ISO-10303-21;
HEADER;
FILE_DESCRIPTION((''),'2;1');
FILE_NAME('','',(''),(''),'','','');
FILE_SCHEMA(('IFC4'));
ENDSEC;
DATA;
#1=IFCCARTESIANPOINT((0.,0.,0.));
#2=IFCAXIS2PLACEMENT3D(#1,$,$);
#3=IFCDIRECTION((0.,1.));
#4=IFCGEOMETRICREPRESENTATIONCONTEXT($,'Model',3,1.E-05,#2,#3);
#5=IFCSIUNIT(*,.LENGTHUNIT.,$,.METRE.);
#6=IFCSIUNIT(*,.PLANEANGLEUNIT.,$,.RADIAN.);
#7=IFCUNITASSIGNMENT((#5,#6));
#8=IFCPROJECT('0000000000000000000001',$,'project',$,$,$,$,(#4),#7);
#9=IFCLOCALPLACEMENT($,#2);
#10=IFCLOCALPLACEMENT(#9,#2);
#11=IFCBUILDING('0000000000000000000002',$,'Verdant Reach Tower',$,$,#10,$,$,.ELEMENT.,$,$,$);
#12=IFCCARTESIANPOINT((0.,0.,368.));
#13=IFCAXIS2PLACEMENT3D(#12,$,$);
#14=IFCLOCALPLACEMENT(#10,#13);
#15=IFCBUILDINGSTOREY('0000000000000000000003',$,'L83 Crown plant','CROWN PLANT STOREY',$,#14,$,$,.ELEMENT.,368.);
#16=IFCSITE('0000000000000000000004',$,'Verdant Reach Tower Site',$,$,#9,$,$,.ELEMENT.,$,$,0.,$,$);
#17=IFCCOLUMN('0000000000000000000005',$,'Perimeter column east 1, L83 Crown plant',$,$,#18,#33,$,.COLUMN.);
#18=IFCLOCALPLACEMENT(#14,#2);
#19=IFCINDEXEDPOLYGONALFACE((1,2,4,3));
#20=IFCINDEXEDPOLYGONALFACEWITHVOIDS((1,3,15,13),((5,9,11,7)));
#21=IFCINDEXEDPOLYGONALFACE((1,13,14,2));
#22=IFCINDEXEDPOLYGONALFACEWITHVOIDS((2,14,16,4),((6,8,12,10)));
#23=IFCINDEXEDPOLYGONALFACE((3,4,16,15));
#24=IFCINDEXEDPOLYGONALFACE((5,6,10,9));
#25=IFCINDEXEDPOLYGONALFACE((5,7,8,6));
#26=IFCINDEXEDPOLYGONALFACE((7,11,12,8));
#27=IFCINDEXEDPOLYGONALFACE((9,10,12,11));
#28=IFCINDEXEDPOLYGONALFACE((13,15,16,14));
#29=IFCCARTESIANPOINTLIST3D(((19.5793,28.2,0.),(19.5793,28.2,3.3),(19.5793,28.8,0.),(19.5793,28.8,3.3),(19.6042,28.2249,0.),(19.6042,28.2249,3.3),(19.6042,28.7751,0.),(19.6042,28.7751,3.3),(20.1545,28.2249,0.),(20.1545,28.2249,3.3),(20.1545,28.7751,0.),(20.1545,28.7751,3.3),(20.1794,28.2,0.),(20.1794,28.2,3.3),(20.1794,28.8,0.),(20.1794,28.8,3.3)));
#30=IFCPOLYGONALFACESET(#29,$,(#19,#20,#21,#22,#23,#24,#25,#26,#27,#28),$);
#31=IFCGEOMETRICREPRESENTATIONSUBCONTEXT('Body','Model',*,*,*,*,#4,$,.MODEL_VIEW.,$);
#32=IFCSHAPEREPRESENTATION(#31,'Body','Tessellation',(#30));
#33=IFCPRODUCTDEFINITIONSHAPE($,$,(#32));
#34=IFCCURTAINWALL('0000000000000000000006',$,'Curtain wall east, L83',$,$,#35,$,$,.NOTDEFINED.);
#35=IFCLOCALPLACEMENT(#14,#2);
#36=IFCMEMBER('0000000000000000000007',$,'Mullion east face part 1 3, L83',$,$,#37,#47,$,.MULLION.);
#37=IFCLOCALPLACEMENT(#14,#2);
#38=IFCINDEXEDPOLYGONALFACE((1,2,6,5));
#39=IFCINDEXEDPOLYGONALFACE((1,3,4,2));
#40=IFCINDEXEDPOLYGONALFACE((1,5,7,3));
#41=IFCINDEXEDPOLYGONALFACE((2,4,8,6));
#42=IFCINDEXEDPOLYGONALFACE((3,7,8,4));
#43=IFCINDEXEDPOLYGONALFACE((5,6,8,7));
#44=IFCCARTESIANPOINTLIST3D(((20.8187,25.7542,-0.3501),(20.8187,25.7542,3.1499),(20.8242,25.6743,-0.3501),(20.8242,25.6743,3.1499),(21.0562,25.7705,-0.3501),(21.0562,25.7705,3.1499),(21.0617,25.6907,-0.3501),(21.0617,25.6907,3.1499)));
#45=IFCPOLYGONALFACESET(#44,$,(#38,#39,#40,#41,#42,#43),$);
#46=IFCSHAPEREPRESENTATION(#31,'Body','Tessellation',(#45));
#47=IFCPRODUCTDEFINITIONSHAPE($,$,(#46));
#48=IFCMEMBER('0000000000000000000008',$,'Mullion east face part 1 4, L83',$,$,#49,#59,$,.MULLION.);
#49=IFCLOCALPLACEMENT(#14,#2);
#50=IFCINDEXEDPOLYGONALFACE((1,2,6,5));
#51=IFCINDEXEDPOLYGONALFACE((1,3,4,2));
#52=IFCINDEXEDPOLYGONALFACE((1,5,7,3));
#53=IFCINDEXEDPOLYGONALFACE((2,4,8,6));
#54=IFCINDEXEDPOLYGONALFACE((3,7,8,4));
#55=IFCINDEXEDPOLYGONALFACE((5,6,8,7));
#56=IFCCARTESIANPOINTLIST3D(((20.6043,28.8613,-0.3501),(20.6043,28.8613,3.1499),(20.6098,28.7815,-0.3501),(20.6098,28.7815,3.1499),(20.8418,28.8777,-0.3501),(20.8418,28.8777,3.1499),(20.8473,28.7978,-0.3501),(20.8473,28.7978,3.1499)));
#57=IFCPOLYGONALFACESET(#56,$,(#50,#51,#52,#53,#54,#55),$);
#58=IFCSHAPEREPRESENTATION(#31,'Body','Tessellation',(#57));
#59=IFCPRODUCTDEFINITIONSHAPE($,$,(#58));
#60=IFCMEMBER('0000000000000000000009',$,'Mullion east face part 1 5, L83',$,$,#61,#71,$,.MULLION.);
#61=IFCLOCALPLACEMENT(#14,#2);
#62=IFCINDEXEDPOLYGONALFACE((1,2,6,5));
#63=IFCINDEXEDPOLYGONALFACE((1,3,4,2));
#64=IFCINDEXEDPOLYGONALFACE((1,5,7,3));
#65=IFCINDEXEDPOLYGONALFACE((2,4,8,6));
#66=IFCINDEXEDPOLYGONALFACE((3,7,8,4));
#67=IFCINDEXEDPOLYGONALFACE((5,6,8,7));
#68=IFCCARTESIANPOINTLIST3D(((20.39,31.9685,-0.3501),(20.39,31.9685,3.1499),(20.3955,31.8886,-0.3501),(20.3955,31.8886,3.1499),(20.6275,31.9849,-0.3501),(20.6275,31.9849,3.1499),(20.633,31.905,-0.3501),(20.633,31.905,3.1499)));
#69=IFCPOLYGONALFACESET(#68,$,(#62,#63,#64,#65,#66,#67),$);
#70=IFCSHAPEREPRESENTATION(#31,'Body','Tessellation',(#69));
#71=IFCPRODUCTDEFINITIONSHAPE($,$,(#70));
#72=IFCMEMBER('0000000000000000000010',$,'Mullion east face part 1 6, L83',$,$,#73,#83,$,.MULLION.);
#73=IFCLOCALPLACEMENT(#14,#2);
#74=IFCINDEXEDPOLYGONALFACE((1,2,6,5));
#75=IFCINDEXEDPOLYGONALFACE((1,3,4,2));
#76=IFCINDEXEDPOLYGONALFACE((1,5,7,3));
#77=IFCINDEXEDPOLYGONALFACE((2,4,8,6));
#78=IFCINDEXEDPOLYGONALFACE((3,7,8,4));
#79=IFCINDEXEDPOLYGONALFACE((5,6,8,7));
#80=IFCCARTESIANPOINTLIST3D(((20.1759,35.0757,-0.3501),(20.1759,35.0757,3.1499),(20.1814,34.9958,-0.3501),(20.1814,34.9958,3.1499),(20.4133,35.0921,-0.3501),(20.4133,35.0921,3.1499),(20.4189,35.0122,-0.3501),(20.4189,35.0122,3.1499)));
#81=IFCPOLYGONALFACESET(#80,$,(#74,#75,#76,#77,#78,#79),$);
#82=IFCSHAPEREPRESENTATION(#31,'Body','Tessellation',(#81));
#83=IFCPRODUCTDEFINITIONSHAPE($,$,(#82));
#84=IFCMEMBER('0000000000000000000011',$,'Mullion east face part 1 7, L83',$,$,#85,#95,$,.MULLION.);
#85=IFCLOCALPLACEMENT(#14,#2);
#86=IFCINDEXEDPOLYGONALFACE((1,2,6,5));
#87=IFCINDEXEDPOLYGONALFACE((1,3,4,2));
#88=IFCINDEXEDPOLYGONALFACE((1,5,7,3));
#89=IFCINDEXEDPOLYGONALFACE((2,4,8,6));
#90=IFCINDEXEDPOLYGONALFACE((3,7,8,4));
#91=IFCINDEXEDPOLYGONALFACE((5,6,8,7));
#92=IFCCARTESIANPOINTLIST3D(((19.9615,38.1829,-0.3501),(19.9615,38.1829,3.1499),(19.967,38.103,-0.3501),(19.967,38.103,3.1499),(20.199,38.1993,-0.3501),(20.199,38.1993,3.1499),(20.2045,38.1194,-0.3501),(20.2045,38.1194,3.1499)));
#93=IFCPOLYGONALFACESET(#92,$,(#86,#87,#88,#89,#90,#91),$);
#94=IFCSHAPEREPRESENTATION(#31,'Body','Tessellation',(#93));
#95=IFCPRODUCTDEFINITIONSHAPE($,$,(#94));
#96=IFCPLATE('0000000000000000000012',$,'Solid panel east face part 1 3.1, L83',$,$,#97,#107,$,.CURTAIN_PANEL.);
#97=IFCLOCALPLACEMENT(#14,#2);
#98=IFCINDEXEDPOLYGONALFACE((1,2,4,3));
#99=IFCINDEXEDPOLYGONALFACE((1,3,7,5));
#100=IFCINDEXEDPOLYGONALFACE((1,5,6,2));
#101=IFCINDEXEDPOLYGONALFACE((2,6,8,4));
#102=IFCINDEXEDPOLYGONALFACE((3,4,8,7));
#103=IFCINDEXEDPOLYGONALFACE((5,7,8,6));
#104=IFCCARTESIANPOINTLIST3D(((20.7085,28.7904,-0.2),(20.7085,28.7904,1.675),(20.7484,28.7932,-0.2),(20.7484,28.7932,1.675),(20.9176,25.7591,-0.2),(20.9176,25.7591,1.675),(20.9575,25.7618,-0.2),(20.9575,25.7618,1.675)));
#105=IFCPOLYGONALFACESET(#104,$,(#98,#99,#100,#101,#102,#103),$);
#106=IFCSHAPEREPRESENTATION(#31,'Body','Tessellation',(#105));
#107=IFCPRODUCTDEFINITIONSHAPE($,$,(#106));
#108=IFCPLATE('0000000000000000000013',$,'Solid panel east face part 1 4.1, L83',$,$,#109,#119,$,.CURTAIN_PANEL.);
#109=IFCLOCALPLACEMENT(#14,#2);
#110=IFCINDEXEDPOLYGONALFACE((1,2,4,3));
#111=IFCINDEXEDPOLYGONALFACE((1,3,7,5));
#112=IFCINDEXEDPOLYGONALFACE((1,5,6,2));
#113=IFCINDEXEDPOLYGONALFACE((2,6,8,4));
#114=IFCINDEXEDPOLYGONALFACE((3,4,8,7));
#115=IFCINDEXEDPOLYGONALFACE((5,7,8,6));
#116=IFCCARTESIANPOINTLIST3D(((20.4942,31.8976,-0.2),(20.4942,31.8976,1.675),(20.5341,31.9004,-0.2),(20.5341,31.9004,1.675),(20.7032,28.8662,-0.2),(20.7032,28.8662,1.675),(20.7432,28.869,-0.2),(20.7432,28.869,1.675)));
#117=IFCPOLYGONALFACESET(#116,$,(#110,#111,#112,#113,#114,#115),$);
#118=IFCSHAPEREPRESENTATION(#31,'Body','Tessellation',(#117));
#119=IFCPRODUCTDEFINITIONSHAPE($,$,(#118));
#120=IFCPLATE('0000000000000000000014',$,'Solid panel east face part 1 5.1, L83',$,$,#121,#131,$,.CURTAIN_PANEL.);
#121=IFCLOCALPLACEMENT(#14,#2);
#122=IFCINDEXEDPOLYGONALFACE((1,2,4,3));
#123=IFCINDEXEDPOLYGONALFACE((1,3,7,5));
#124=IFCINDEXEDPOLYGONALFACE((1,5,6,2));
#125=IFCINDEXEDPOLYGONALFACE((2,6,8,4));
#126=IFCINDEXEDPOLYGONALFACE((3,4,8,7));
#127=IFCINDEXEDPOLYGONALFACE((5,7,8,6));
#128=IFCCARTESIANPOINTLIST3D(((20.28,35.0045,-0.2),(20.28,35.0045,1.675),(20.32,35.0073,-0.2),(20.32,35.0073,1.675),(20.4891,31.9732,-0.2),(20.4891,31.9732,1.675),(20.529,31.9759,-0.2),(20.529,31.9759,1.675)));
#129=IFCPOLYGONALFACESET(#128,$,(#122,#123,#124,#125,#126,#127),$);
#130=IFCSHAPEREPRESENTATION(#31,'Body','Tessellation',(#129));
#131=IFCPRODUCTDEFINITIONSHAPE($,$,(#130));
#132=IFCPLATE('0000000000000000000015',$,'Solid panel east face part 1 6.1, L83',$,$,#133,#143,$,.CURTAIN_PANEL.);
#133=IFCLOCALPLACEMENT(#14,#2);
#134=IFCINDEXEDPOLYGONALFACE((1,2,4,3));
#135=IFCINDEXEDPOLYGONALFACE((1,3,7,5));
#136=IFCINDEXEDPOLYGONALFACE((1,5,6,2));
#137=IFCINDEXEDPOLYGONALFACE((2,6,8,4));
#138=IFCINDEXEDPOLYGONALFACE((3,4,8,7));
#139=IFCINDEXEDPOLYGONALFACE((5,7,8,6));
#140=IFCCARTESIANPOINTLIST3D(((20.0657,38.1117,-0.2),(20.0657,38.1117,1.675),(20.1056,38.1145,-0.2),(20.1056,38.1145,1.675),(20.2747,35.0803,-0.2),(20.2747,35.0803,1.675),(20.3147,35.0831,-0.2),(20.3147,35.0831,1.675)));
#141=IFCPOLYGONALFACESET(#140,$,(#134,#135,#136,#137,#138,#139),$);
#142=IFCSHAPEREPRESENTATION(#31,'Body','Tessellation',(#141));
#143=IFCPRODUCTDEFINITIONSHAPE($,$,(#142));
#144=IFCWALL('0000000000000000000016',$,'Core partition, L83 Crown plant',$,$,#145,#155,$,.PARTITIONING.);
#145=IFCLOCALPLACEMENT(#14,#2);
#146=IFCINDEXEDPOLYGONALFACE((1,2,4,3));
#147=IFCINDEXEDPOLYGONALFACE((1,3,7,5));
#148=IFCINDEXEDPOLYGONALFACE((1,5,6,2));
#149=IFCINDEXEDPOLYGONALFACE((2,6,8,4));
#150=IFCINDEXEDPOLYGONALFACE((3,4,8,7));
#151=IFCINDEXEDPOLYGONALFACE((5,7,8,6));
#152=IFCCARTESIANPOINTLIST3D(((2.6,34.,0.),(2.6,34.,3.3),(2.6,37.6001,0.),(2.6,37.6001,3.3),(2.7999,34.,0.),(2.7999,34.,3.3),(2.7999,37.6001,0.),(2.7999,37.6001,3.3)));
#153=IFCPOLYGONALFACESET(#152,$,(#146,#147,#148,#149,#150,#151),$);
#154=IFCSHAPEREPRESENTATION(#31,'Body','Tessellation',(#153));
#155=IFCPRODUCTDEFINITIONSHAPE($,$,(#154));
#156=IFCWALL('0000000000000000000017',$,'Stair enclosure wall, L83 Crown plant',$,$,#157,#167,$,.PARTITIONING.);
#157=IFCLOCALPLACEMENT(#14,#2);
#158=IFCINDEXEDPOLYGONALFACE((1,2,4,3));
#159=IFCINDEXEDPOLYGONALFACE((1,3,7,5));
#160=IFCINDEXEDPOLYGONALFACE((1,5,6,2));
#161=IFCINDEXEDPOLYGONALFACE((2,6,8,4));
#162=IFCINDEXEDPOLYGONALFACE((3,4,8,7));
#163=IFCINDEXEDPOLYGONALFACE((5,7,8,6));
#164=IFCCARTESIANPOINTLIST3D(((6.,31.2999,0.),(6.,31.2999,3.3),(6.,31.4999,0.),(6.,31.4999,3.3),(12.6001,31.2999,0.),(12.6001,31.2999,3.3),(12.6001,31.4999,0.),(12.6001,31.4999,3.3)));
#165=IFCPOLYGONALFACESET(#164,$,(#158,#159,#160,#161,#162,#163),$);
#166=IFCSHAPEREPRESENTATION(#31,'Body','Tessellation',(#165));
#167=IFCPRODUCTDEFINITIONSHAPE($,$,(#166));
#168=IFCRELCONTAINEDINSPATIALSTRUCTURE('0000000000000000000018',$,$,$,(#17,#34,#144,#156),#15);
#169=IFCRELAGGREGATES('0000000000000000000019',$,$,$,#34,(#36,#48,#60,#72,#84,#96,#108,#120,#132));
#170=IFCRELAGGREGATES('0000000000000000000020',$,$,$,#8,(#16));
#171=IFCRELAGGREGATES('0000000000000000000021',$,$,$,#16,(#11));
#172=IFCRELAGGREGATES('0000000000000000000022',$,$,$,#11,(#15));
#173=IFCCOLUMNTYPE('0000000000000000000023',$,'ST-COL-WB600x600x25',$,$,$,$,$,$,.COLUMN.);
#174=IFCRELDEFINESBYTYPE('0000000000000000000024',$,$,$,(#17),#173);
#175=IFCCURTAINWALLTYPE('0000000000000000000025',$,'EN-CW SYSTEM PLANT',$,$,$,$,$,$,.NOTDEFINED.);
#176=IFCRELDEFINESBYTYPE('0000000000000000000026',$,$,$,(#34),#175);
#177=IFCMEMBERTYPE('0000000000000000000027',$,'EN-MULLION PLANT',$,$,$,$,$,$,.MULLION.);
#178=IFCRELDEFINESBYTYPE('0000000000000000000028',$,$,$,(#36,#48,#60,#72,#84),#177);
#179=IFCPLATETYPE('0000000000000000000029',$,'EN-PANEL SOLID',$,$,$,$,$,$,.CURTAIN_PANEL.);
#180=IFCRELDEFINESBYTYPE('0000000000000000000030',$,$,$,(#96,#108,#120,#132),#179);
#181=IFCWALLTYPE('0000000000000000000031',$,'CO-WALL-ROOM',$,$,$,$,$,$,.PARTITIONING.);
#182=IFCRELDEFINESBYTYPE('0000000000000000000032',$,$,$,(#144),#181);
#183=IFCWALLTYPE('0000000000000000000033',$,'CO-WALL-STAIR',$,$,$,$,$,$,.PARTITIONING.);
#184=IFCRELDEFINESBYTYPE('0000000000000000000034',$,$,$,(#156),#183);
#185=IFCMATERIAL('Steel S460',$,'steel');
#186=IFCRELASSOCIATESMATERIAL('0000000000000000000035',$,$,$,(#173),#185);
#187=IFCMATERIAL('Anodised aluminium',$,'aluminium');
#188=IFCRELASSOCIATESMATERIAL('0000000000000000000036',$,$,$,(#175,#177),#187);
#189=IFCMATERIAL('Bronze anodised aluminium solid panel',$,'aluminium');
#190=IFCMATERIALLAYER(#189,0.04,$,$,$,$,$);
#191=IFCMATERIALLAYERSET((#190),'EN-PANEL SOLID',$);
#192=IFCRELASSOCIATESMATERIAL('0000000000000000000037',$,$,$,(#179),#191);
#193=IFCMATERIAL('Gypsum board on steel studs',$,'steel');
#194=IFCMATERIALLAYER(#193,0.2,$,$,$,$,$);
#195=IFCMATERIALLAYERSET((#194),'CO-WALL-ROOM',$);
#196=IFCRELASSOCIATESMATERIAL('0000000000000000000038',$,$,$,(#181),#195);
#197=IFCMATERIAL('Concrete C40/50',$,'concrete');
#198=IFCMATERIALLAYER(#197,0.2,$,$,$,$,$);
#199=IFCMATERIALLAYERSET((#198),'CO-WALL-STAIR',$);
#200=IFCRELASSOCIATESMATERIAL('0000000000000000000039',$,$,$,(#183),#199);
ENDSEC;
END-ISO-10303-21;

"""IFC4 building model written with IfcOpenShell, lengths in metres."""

from ifc_helpers import new_model, si_unit, direction, frame, frame_2d, origin, origin_2d, place, context, subcontext, project, spatial, rectangle, hollow_rectangle, extrude, material, layer, layer_set, material_profile, profile_set, type_object, element, aggregate, save


model = new_model("IFC4")

# Units and contexts
model_context = context("Model", 3, precision=1e-05, world=origin(), true_north=direction((0.0, 1.0)))
body_context = subcontext(model_context, "Body", "Model", "MODEL_VIEW")
ifc_project = project(units=[si_unit("LENGTHUNIT", "METRE"), si_unit("PLANEANGLEUNIT", "RADIAN")], contexts=[model_context])

# Site, building, storey
site_placement = place(None, origin())
site = spatial("IfcSite", under=ifc_project, at=site_placement, Name="Verdant Reach Tower Site", CompositionType="ELEMENT", RefElevation=0.0)
building_placement = place(site_placement, origin())
building = spatial("IfcBuilding", under=site, at=building_placement, Name="Verdant Reach Tower", CompositionType="ELEMENT")
storey_placement = place(building_placement, frame((0.0, 0.0, 368.0)))
storey = spatial("IfcBuildingStorey", under=building, at=storey_placement, Name="L83 Crown plant", Description="CROWN PLANT STOREY", CompositionType="ELEMENT", Elevation=368.0)

# Column
ifc_material_1 = material(Name="Steel S460", Category="steel")
ifc_material_profile_1 = material_profile(ifc_material_1, hollow_rectangle(XDim=0.6001, YDim=0.6001, WallThickness=0.0249, at=origin_2d()), Name="WB 600x600x25")
ifc_profile_set_1 = profile_set([ifc_material_profile_1], Name="Steel S460")
column_type = type_object("IfcColumnType", Name="ST-COL-WB600x600x25", PredefinedType="COLUMN", material=ifc_profile_set_1)
column_placement = place(storey_placement, frame((19.8794, 28.5, 0.0), z_axis=(0.0, 0.0, 1.0), x_axis=(1.0, 0.0, 0.0)))
element("IfcColumn", 1, at=column_placement, inside=storey, type_object=column_type, Name="Perimeter column east 1, L83 Crown plant", PredefinedType="COLUMN", context=body_context, shape_type="SweptSolid", body=[
    extrude(hollow_rectangle(XDim=0.6001, YDim=0.6001, WallThickness=0.0249, at=origin_2d()), origin(), (0.0, 0.0, 1.0), 3.3),
])

# Curtain wall, members, plates
ifc_material_2 = material(Name="Anodised aluminium", Category="aluminium")
curtain_wall_type = type_object("IfcCurtainWallType", Name="EN-CW SYSTEM PLANT", PredefinedType="NOTDEFINED", material=ifc_material_2)
curtain_wall_placement = place(storey_placement, origin())
curtain_wall = element("IfcCurtainWall", 2, at=curtain_wall_placement, inside=storey, type_object=curtain_wall_type, Name="Curtain wall east, L83", PredefinedType="NOTDEFINED")
ifc_material_profile_2 = material_profile(ifc_material_2, rectangle(XDim=0.238, YDim=0.0801, at=origin_2d()), Name="Mullion 80x240")
ifc_profile_set_2 = profile_set([ifc_material_profile_2], Name="Anodised aluminium")
member_type = type_object("IfcMemberType", Name="EN-MULLION PLANT", PredefinedType="MULLION", material=ifc_profile_set_2)
member_1_placement = place(storey_placement, frame((20.9402, 25.7224, -0.3501), z_axis=(0.0, 0.0, 1.0), x_axis=(0.99763, 0.068802, 0.0)))
member_1 = element("IfcMember", 3, at=member_1_placement, type_object=member_type, Name="Mullion east face part 1 3, L83", PredefinedType="MULLION", context=body_context, shape_type="SweptSolid", body=[
    extrude(rectangle(XDim=0.238, YDim=0.0801, at=origin_2d()), origin(), (0.0, 0.0, 1.0), 3.5),
])
member_2_placement = place(storey_placement, frame((20.7258, 28.8296, -0.3501), z_axis=(0.0, 0.0, 1.0), x_axis=(0.99763, 0.068802, 0.0)))
member_2 = element("IfcMember", 4, at=member_2_placement, type_object=member_type, Name="Mullion east face part 1 4, L83", PredefinedType="MULLION", context=body_context, shape_type="SweptSolid", body=[
    extrude(rectangle(XDim=0.238, YDim=0.0801, at=origin_2d()), origin(), (0.0, 0.0, 1.0), 3.5),
])
member_3_placement = place(storey_placement, frame((20.5115, 31.9368, -0.3501), z_axis=(0.0, 0.0, 1.0), x_axis=(0.99763, 0.068802, 0.0)))
member_3 = element("IfcMember", 5, at=member_3_placement, type_object=member_type, Name="Mullion east face part 1 5, L83", PredefinedType="MULLION", context=body_context, shape_type="SweptSolid", body=[
    extrude(rectangle(XDim=0.238, YDim=0.0801, at=origin_2d()), origin(), (0.0, 0.0, 1.0), 3.5),
])
member_4_placement = place(storey_placement, frame((20.2974, 35.0439, -0.3501), z_axis=(0.0, 0.0, 1.0), x_axis=(0.99763, 0.068802, 0.0)))
member_4 = element("IfcMember", 6, at=member_4_placement, type_object=member_type, Name="Mullion east face part 1 6, L83", PredefinedType="MULLION", context=body_context, shape_type="SweptSolid", body=[
    extrude(rectangle(XDim=0.238, YDim=0.0801, at=origin_2d()), origin(), (0.0, 0.0, 1.0), 3.5),
])
member_5_placement = place(storey_placement, frame((20.083, 38.1511, -0.3501), z_axis=(0.0, 0.0, 1.0), x_axis=(0.99763, 0.068802, 0.0)))
member_5 = element("IfcMember", 7, at=member_5_placement, type_object=member_type, Name="Mullion east face part 1 7, L83", PredefinedType="MULLION", context=body_context, shape_type="SweptSolid", body=[
    extrude(rectangle(XDim=0.238, YDim=0.0801, at=origin_2d()), origin(), (0.0, 0.0, 1.0), 3.5),
])
ifc_material_3 = material(Name="Bronze anodised aluminium solid panel", Category="aluminium")
ifc_layer_1 = layer(ifc_material_3, 0.04)
ifc_layer_set_1 = layer_set([ifc_layer_1], Name="EN-PANEL SOLID")
plate_type = type_object("IfcPlateType", Name="EN-PANEL SOLID", PredefinedType="CURTAIN_PANEL", material=ifc_layer_set_1)
plate_1_placement = place(storey_placement, frame((20.833, 27.2761, -0.2), z_axis=(0.0, 0.0, 1.0), x_axis=(-0.068802, 0.99763, 0.0)))
plate_1 = element("IfcPlate", 8, at=plate_1_placement, type_object=plate_type, Name="Solid panel east face part 1 3.1, L83", PredefinedType="CURTAIN_PANEL", context=body_context, shape_type="SweptSolid", body=[
    extrude(rectangle(XDim=3.0386, YDim=0.04, at=origin_2d()), origin(), (0.0, 0.0, 1.0), 1.875),
])
plate_2_placement = place(storey_placement, frame((20.6187, 30.3833, -0.2), z_axis=(0.0, 0.0, 1.0), x_axis=(-0.068802, 0.99763, 0.0)))
plate_2 = element("IfcPlate", 9, at=plate_2_placement, type_object=plate_type, Name="Solid panel east face part 1 4.1, L83", PredefinedType="CURTAIN_PANEL", context=body_context, shape_type="SweptSolid", body=[
    extrude(rectangle(XDim=3.0386, YDim=0.04, at=origin_2d()), origin(), (0.0, 0.0, 1.0), 1.875),
])
plate_3_placement = place(storey_placement, frame((20.4045, 33.4902, -0.2), z_axis=(0.0, 0.0, 1.0), x_axis=(-0.068802, 0.99763, 0.0)))
plate_3 = element("IfcPlate", 10, at=plate_3_placement, type_object=plate_type, Name="Solid panel east face part 1 5.1, L83", PredefinedType="CURTAIN_PANEL", context=body_context, shape_type="SweptSolid", body=[
    extrude(rectangle(XDim=3.0386, YDim=0.04, at=origin_2d()), origin(), (0.0, 0.0, 1.0), 1.875),
])
plate_4_placement = place(storey_placement, frame((20.1902, 36.5974, -0.2), z_axis=(0.0, 0.0, 1.0), x_axis=(-0.068802, 0.99763, 0.0)))
plate_4 = element("IfcPlate", 11, at=plate_4_placement, type_object=plate_type, Name="Solid panel east face part 1 6.1, L83", PredefinedType="CURTAIN_PANEL", context=body_context, shape_type="SweptSolid", body=[
    extrude(rectangle(XDim=3.0386, YDim=0.04, at=origin_2d()), origin(), (0.0, 0.0, 1.0), 1.875),
])

# Walls
ifc_material_4 = material(Name="Gypsum board on steel studs", Category="steel")
ifc_layer_2 = layer(ifc_material_4, 0.2)
ifc_layer_set_2 = layer_set([ifc_layer_2], Name="CO-WALL-ROOM")
wall_type_1 = type_object("IfcWallType", Name="CO-WALL-ROOM", PredefinedType="PARTITIONING", material=ifc_layer_set_2)
wall_1_placement = place(storey_placement, frame((2.7, 34.0, 0.0), z_axis=(0.0, 0.0, 1.0), x_axis=(0.0, 1.0, 0.0)))
element("IfcWall", 12, at=wall_1_placement, inside=storey, type_object=wall_type_1, Name="Core partition, L83 Crown plant", PredefinedType="PARTITIONING", context=body_context, shape_type="SweptSolid", body=[
    extrude(rectangle(XDim=3.6001, YDim=0.2, at=frame_2d((1.8, 0.0))), origin(), (0.0, 0.0, 1.0), 3.3),
])
ifc_material_5 = material(Name="Concrete C40/50", Category="concrete")
ifc_layer_3 = layer(ifc_material_5, 0.2)
ifc_layer_set_3 = layer_set([ifc_layer_3], Name="CO-WALL-STAIR")
wall_type_2 = type_object("IfcWallType", Name="CO-WALL-STAIR", PredefinedType="PARTITIONING", material=ifc_layer_set_3)
wall_2_placement = place(storey_placement, frame((6.0, 31.3999, 0.0), z_axis=(0.0, 0.0, 1.0), x_axis=(1.0, 0.0, 0.0)))
element("IfcWall", 13, at=wall_2_placement, inside=storey, type_object=wall_type_2, Name="Stair enclosure wall, L83 Crown plant", PredefinedType="PARTITIONING", context=body_context, shape_type="SweptSolid", body=[
    extrude(rectangle(XDim=6.6001, YDim=0.2, at=frame_2d((3.3, 0.0))), origin(), (0.0, 0.0, 1.0), 3.3),
])

aggregate(curtain_wall, [member_1, member_2, member_3, member_4, member_5, plate_1, plate_2, plate_3, plate_4])

save(model, "model.ifc")
